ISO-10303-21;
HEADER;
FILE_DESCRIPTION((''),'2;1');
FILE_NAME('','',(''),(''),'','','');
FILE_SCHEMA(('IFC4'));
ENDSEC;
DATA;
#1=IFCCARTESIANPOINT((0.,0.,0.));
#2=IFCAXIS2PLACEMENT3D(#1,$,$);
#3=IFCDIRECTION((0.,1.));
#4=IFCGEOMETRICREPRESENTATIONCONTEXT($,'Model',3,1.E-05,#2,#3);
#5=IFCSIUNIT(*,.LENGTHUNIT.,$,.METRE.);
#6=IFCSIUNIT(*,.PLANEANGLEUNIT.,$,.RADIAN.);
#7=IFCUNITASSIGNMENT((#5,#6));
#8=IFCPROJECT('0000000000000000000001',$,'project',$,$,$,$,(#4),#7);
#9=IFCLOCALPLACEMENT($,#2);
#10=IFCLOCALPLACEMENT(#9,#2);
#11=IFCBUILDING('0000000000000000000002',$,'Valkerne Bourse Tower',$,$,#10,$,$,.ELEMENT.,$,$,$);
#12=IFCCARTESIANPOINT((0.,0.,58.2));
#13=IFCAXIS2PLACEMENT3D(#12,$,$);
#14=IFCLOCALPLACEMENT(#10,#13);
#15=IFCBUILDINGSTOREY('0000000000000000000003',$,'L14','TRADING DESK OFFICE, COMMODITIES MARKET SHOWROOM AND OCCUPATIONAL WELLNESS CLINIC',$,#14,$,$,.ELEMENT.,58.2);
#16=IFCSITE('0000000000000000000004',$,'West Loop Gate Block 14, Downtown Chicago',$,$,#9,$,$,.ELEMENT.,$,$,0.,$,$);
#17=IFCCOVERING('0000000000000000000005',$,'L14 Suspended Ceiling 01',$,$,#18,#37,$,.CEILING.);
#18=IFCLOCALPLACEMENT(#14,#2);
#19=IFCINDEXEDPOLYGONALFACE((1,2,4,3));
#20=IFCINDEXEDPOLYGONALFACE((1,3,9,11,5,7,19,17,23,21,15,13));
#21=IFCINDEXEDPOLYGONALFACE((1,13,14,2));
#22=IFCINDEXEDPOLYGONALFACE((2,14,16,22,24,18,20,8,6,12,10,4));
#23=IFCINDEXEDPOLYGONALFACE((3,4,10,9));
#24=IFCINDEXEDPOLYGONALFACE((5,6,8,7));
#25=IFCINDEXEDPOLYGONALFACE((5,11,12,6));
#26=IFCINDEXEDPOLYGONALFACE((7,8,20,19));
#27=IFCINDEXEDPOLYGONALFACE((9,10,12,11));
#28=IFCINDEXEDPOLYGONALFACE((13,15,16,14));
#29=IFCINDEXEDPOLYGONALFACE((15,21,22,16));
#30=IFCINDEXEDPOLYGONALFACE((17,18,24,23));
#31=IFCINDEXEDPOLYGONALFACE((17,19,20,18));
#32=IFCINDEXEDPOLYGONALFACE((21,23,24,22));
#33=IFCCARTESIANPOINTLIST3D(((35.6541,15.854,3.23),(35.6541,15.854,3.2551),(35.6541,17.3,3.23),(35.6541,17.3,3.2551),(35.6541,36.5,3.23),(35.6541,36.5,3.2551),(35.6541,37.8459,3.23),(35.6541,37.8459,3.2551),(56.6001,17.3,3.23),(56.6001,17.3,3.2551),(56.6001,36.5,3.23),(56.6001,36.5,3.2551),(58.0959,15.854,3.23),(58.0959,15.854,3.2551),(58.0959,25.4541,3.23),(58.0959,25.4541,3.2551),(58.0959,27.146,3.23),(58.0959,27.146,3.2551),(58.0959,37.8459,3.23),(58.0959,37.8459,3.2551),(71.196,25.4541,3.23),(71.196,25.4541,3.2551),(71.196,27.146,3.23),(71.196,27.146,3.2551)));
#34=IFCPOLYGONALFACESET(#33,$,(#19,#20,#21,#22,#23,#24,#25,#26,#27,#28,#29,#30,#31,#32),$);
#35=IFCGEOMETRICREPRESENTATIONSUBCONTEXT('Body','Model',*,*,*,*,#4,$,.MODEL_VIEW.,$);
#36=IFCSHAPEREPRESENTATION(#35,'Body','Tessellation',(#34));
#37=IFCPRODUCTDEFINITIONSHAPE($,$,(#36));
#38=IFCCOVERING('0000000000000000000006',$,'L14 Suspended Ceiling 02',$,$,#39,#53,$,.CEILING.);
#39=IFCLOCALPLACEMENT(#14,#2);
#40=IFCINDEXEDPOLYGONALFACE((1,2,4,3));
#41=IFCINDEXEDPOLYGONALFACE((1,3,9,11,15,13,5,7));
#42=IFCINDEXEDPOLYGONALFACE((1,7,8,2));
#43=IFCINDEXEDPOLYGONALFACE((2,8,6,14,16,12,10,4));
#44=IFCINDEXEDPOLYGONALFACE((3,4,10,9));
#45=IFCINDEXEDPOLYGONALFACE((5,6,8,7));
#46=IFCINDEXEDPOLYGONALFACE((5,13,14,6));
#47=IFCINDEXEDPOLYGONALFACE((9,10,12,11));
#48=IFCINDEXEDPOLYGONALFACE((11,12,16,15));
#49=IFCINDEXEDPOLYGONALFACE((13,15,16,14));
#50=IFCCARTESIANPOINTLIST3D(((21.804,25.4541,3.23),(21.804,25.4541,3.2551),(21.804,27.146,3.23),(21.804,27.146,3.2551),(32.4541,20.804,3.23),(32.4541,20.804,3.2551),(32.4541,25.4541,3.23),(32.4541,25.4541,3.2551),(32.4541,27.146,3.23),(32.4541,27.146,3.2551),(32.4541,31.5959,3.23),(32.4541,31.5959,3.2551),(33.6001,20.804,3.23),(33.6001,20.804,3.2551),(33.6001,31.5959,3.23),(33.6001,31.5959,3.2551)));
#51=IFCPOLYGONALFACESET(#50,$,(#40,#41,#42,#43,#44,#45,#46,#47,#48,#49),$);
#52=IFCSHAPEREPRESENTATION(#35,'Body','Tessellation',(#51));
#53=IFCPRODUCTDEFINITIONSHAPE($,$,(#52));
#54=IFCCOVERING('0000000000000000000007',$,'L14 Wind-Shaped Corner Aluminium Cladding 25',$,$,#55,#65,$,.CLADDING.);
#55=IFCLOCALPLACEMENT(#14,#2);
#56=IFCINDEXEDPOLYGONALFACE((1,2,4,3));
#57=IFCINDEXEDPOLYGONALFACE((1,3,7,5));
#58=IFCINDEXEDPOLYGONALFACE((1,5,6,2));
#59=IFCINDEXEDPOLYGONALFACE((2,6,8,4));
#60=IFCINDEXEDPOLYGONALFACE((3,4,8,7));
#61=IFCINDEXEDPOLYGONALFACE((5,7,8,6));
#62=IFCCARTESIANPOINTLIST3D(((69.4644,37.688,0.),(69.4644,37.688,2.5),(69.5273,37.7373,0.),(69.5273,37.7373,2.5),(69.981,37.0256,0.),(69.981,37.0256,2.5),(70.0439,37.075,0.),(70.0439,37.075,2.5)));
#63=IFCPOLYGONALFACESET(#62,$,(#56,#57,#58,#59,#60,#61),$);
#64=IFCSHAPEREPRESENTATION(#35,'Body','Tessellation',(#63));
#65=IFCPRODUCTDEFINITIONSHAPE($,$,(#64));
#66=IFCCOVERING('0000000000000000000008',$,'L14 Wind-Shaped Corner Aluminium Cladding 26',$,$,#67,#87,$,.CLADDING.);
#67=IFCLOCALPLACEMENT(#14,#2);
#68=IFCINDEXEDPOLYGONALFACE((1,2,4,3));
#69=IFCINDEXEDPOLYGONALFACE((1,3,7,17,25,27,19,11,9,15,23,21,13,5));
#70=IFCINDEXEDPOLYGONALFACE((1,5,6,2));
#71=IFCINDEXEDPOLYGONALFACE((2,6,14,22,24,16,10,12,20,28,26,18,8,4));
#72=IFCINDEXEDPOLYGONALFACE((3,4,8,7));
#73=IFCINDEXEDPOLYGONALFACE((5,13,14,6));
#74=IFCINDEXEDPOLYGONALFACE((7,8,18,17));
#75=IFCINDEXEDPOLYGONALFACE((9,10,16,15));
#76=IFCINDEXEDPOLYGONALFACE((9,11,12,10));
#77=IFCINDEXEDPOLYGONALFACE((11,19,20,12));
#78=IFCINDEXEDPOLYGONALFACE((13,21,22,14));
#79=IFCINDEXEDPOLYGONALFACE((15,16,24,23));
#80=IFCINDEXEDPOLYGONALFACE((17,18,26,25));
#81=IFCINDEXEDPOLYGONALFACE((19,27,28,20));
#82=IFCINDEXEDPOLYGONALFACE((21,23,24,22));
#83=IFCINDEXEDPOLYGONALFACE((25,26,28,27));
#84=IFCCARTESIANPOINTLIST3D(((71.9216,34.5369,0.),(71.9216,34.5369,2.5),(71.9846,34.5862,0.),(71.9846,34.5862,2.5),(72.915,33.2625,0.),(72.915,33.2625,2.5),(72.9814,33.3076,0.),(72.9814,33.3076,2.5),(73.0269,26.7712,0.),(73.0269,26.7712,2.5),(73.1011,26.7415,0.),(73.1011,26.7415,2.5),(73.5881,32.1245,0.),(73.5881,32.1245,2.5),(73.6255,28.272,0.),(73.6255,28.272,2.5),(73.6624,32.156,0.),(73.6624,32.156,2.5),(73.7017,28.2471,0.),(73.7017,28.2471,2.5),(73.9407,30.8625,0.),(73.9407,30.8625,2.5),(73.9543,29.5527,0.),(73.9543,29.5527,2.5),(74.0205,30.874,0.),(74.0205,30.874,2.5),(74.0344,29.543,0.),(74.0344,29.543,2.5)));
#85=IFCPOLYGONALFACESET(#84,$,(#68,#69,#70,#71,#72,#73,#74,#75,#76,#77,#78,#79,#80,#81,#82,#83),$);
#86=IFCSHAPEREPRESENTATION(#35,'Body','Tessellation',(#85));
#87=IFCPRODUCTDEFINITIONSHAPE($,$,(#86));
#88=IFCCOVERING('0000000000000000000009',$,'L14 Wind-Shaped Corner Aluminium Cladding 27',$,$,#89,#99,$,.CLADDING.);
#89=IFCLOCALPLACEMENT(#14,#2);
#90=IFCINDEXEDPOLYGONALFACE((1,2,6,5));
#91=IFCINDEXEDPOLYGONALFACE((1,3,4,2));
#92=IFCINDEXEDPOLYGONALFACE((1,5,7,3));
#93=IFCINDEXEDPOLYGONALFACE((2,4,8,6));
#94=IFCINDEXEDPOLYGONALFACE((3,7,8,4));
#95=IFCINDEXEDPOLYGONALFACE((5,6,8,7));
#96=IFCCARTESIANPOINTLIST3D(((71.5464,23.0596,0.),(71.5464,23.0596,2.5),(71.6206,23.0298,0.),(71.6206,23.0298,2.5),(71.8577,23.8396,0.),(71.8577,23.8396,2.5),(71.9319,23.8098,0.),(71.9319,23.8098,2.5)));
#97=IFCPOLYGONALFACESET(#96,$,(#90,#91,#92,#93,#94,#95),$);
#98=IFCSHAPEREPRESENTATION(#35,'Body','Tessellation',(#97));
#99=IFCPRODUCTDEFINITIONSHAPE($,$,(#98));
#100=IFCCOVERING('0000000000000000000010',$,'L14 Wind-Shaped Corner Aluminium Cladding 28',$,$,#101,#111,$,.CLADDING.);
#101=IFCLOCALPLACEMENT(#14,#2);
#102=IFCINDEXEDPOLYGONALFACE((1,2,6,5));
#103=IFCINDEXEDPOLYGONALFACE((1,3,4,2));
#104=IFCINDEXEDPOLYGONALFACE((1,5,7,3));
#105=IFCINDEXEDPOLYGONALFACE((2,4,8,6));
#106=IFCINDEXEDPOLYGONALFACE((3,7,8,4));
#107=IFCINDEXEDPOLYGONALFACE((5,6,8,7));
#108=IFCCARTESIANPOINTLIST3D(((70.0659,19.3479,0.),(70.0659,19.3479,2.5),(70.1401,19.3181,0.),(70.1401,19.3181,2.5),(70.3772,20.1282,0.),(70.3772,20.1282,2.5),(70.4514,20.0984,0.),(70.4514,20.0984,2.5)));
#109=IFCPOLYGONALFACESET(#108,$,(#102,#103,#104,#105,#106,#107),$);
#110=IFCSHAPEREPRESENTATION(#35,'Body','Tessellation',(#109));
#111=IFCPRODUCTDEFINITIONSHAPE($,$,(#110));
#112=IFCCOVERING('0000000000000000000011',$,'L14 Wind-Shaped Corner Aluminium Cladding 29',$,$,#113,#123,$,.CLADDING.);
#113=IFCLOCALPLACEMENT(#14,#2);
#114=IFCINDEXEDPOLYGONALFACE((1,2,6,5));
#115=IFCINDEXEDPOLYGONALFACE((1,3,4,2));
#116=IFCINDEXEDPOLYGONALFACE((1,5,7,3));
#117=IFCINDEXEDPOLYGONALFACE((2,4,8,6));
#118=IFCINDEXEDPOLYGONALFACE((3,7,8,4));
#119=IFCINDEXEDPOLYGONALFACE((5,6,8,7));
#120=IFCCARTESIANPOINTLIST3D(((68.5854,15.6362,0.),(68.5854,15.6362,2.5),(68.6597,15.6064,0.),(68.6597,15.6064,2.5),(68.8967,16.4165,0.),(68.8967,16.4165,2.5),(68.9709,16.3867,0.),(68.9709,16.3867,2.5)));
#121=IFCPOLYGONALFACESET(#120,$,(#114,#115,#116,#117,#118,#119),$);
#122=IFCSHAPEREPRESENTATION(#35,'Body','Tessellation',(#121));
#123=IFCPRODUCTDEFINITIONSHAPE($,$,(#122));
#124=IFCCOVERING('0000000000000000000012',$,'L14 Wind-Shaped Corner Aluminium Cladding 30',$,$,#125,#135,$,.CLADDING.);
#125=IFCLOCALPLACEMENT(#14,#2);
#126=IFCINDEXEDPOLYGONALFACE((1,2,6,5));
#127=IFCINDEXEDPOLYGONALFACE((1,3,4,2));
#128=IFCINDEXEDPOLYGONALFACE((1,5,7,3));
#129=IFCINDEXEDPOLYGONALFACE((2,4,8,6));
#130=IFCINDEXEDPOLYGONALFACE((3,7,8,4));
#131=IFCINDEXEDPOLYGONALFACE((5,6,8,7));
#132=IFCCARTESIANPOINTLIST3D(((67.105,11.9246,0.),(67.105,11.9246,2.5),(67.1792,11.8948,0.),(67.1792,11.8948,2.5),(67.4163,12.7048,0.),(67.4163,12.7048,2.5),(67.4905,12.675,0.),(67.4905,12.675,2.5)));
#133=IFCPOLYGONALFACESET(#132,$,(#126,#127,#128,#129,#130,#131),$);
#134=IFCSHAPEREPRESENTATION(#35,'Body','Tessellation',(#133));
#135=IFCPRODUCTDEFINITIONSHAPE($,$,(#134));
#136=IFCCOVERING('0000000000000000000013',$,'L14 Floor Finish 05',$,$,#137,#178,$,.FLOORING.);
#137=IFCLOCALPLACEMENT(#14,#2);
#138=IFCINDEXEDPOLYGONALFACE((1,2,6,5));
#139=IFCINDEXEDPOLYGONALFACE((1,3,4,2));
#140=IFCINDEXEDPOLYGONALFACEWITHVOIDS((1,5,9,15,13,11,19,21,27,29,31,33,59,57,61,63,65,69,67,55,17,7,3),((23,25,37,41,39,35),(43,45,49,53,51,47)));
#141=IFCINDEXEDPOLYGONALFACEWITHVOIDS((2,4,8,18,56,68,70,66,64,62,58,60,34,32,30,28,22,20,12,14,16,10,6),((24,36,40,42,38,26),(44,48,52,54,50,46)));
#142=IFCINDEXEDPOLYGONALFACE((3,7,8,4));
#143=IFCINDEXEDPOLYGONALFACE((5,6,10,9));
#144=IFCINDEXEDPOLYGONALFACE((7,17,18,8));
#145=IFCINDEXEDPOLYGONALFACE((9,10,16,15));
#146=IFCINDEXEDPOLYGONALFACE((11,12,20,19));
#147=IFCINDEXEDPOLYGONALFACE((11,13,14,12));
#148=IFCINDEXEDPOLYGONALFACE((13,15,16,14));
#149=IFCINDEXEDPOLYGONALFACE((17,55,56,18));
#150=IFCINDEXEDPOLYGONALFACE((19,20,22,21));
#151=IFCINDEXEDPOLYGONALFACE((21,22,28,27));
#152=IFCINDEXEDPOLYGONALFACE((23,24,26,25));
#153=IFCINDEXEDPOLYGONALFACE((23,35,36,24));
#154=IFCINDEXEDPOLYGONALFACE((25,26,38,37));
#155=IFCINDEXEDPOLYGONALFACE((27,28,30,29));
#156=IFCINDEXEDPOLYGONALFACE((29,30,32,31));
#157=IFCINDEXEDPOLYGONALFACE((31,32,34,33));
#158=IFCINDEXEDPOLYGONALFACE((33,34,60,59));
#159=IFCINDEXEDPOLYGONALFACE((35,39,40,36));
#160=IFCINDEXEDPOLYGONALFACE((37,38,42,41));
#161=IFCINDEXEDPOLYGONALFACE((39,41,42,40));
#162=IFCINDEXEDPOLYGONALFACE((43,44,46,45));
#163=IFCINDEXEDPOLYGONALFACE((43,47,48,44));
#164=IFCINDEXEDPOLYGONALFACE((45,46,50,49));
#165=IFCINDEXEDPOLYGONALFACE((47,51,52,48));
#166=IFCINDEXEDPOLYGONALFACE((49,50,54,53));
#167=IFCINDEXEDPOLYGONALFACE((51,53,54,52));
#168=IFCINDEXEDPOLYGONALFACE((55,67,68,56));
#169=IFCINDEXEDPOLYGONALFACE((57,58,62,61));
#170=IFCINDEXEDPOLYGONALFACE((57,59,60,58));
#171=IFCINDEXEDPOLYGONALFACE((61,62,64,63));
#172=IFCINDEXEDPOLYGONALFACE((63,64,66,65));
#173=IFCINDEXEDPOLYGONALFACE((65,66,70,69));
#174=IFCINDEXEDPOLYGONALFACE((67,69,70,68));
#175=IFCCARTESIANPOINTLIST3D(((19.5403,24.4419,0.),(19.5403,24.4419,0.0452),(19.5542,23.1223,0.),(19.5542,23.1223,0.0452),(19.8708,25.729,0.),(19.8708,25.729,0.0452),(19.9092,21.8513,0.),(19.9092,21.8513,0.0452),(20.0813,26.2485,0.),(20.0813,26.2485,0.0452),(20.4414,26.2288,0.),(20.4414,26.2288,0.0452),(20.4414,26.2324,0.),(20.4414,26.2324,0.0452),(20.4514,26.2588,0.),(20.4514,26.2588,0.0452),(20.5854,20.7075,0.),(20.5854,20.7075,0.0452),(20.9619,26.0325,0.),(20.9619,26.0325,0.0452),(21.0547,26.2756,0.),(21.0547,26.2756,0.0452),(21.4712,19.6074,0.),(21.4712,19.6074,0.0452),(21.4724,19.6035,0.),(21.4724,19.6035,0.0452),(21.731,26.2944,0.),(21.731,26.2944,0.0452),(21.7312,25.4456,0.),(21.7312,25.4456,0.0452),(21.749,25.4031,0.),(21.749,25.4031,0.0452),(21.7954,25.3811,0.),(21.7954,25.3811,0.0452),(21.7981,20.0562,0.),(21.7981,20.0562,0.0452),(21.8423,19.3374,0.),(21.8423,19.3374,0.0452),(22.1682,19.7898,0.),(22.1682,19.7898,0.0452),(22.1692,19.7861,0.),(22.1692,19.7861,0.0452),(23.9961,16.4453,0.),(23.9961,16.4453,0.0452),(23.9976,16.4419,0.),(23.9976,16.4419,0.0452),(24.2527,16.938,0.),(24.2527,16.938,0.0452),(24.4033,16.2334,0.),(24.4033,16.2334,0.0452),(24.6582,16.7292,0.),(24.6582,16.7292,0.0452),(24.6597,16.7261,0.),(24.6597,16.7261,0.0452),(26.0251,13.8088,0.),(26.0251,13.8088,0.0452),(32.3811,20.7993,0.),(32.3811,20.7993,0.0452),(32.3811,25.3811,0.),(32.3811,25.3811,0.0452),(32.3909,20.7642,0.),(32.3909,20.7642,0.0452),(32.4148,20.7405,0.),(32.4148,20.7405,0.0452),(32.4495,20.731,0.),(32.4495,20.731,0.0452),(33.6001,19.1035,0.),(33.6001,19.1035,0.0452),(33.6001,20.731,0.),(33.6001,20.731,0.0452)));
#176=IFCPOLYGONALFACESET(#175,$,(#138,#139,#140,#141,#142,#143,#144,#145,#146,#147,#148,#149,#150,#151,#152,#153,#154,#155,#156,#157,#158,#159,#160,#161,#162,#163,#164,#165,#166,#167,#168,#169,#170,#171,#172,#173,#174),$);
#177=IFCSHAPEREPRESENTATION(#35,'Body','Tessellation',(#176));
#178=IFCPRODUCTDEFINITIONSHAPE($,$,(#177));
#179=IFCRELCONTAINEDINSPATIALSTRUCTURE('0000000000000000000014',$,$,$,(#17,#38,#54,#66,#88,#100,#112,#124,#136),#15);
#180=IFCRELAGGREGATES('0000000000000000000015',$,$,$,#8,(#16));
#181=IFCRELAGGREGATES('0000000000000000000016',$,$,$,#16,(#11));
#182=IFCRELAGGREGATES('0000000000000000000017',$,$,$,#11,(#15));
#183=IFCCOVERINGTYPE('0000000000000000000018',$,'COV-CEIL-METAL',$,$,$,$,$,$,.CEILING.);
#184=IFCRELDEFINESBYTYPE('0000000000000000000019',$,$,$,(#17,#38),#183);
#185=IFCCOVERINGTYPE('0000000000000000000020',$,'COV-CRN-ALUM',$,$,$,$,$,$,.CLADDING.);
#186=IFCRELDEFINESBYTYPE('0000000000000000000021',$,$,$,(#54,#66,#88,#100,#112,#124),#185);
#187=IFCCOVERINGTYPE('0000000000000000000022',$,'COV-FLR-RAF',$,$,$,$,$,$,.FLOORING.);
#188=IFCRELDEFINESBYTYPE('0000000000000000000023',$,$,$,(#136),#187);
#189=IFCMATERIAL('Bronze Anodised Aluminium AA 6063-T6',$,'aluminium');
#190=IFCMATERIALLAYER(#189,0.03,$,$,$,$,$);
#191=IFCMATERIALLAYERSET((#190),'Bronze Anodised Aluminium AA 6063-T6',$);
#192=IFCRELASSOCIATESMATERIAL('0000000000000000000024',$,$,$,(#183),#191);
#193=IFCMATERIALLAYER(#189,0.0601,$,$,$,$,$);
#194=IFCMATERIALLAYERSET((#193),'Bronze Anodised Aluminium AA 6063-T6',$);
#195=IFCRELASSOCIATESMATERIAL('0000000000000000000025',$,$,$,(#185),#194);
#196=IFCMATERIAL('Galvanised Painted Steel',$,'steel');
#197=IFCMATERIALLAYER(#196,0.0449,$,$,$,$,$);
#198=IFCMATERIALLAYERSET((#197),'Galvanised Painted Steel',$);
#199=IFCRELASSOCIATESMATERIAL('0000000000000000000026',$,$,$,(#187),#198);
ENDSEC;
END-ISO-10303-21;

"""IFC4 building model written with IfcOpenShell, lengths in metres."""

from ifc_helpers import new_model, si_unit, direction, frame, origin, place, context, subcontext, project, spatial, polyline, outline, extrude, material, layer, layer_set, type_object, element, save


model = new_model("IFC4")

# Units and contexts
model_context = context("Model", 3, precision=1e-05, world=origin(), true_north=direction((0.0, 1.0)))
body_context = subcontext(model_context, "Body", "Model", "MODEL_VIEW")
ifc_project = project(units=[si_unit("LENGTHUNIT", "METRE"), si_unit("PLANEANGLEUNIT", "RADIAN")], contexts=[model_context])

# Site, building, storey
site_placement = place(None, origin())
site = spatial("IfcSite", under=ifc_project, at=site_placement, Name="West Loop Gate Block 14, Downtown Chicago", CompositionType="ELEMENT", RefElevation=0.0)
building_placement = place(site_placement, origin())
building = spatial("IfcBuilding", under=site, at=building_placement, Name="Valkerne Bourse Tower", CompositionType="ELEMENT")
storey_placement = place(building_placement, frame((0.0, 0.0, 58.2)))
storey = spatial("IfcBuildingStorey", under=building, at=storey_placement, Name="L14", Description="TRADING DESK OFFICE, COMMODITIES MARKET SHOWROOM AND OCCUPATIONAL WELLNESS CLINIC", CompositionType="ELEMENT", Elevation=58.2)

# Coverings
ifc_material_1 = material(Name="Bronze Anodised Aluminium AA 6063-T6", Category="aluminium")
ifc_layer_1 = layer(ifc_material_1, 0.03)
ifc_layer_set_1 = layer_set([ifc_layer_1], Name="Bronze Anodised Aluminium AA 6063-T6")
covering_type_1 = type_object("IfcCoveringType", Name="COV-CEIL-METAL", PredefinedType="CEILING", material=ifc_layer_set_1)
covering_1_placement = place(storey_placement, frame((0.0, 0.0, 3.23)))
element("IfcCovering", 1, at=covering_1_placement, inside=storey, type_object=covering_type_1, Name="L14 Suspended Ceiling 01", PredefinedType="CEILING", context=body_context, shape_type="SweptSolid", body=[
    extrude(outline(polyline([(71.196, 27.146), (71.196, 25.4541), (58.0959, 25.4541), (58.0959, 15.854), (35.6541, 15.854), (35.6541, 17.3), (56.6001, 17.3), (56.6001, 36.5), (35.6541, 36.5), (35.6541, 37.8459), (58.0959, 37.8459), (58.0959, 27.146), (71.196, 27.146)])), origin(), (0.0, 0.0, 1.0), 0.0251),
])
covering_2_placement = place(storey_placement, frame((0.0, 0.0, 3.23)))
element("IfcCovering", 2, at=covering_2_placement, inside=storey, type_object=covering_type_1, Name="L14 Suspended Ceiling 02", PredefinedType="CEILING", context=body_context, shape_type="SweptSolid", body=[
    extrude(outline(polyline([(32.4541, 20.804), (32.4541, 25.4541), (21.804, 25.4541), (21.804, 27.146), (32.4541, 27.146), (32.4541, 31.5959), (33.6001, 31.5959), (33.6001, 20.804), (32.4541, 20.804)])), origin(), (0.0, 0.0, 1.0), 0.0251),
])
ifc_layer_2 = layer(ifc_material_1, 0.0601)
ifc_layer_set_2 = layer_set([ifc_layer_2], Name="Bronze Anodised Aluminium AA 6063-T6")
covering_type_2 = type_object("IfcCoveringType", Name="COV-CRN-ALUM", PredefinedType="CLADDING", material=ifc_layer_set_2)
covering_3_placement = place(storey_placement, origin())
element("IfcCovering", 3, at=covering_3_placement, inside=storey, type_object=covering_type_2, Name="L14 Wind-Shaped Corner Aluminium Cladding 25", PredefinedType="CLADDING", context=body_context, shape_type="SweptSolid", body=[
    extrude(outline(polyline([(70.0439, 37.075), (69.981, 37.0256), (69.4644, 37.688), (69.5273, 37.7373), (70.0439, 37.075)])), origin(), (0.0, 0.0, 1.0), 2.5),
])
covering_4_placement = place(storey_placement, origin())
element("IfcCovering", 4, at=covering_4_placement, inside=storey, type_object=covering_type_2, Name="L14 Wind-Shaped Corner Aluminium Cladding 26", PredefinedType="CLADDING", context=body_context, shape_type="SweptSolid", body=[
    extrude(outline(polyline([(72.9814, 33.3076), (73.6624, 32.156), (74.0205, 30.874), (74.0344, 29.543), (73.7017, 28.2471), (73.1011, 26.7415), (73.0269, 26.7712), (73.6255, 28.272), (73.9543, 29.5527), (73.9407, 30.8625), (73.5881, 32.1245), (72.915, 33.2625), (71.9216, 34.5369), (71.9846, 34.5862), (72.9814, 33.3076)])), origin(), (0.0, 0.0, 1.0), 2.5),
])
covering_5_placement = place(storey_placement, origin())
element("IfcCovering", 5, at=covering_5_placement, inside=storey, type_object=covering_type_2, Name="L14 Wind-Shaped Corner Aluminium Cladding 27", PredefinedType="CLADDING", context=body_context, shape_type="SweptSolid", body=[
    extrude(outline(polyline([(71.6206, 23.0298), (71.5464, 23.0596), (71.8577, 23.8396), (71.9319, 23.8098), (71.6206, 23.0298)])), origin(), (0.0, 0.0, 1.0), 2.5),
])
covering_6_placement = place(storey_placement, origin())
element("IfcCovering", 6, at=covering_6_placement, inside=storey, type_object=covering_type_2, Name="L14 Wind-Shaped Corner Aluminium Cladding 28", PredefinedType="CLADDING", context=body_context, shape_type="SweptSolid", body=[
    extrude(outline(polyline([(70.1401, 19.3181), (70.0659, 19.3479), (70.3772, 20.1282), (70.4514, 20.0984), (70.1401, 19.3181)])), origin(), (0.0, 0.0, 1.0), 2.5),
])
covering_7_placement = place(storey_placement, origin())
element("IfcCovering", 7, at=covering_7_placement, inside=storey, type_object=covering_type_2, Name="L14 Wind-Shaped Corner Aluminium Cladding 29", PredefinedType="CLADDING", context=body_context, shape_type="SweptSolid", body=[
    extrude(outline(polyline([(68.6597, 15.6064), (68.5854, 15.6362), (68.8967, 16.4165), (68.9709, 16.3867), (68.6597, 15.6064)])), origin(), (0.0, 0.0, 1.0), 2.5),
])
covering_8_placement = place(storey_placement, origin())
element("IfcCovering", 8, at=covering_8_placement, inside=storey, type_object=covering_type_2, Name="L14 Wind-Shaped Corner Aluminium Cladding 30", PredefinedType="CLADDING", context=body_context, shape_type="SweptSolid", body=[
    extrude(outline(polyline([(67.1792, 11.8948), (67.105, 11.9246), (67.4163, 12.7048), (67.4905, 12.675), (67.1792, 11.8948)])), origin(), (0.0, 0.0, 1.0), 2.5),
])
ifc_material_2 = material(Name="Galvanised Painted Steel", Category="steel")
ifc_layer_3 = layer(ifc_material_2, 0.0449)
ifc_layer_set_3 = layer_set([ifc_layer_3], Name="Galvanised Painted Steel")
covering_type_3 = type_object("IfcCoveringType", Name="COV-FLR-RAF", PredefinedType="FLOORING", material=ifc_layer_set_3)
covering_9_placement = place(storey_placement, origin())
element("IfcCovering", 9, at=covering_9_placement, inside=storey, type_object=covering_type_3, Name="L14 Floor Finish 05", PredefinedType="FLOORING", context=body_context, shape_type="SweptSolid", body=[
    extrude(outline(polyline([(19.5542, 23.1223), (19.5403, 24.4419), (19.8708, 25.729), (20.0813, 26.2485), (20.4514, 26.2588), (20.4414, 26.2324), (20.4414, 26.2288), (20.9619, 26.0325), (21.0547, 26.2756), (21.731, 26.2944), (21.7312, 25.4456), (21.749, 25.4031), (21.7954, 25.3811), (32.3811, 25.3811), (32.3811, 20.7993), (32.3909, 20.7642), (32.4148, 20.7405), (32.4495, 20.731), (33.6001, 20.731), (33.6001, 19.1035), (26.0251, 13.8088), (20.5854, 20.7075), (19.9092, 21.8513), (19.5542, 23.1223)]), holes=[polyline([(24.6582, 16.7292), (24.2527, 16.938), (23.9961, 16.4453), (23.9976, 16.4419), (24.4033, 16.2334), (24.6597, 16.7261), (24.6582, 16.7292)]), polyline([(22.1692, 19.7861), (22.1682, 19.7898), (21.7981, 20.0562), (21.4712, 19.6074), (21.4724, 19.6035), (21.8423, 19.3374), (22.1692, 19.7861)])]), origin(), (0.0, 0.0, 1.0), 0.0452),
])

save(model, "model.ifc")
